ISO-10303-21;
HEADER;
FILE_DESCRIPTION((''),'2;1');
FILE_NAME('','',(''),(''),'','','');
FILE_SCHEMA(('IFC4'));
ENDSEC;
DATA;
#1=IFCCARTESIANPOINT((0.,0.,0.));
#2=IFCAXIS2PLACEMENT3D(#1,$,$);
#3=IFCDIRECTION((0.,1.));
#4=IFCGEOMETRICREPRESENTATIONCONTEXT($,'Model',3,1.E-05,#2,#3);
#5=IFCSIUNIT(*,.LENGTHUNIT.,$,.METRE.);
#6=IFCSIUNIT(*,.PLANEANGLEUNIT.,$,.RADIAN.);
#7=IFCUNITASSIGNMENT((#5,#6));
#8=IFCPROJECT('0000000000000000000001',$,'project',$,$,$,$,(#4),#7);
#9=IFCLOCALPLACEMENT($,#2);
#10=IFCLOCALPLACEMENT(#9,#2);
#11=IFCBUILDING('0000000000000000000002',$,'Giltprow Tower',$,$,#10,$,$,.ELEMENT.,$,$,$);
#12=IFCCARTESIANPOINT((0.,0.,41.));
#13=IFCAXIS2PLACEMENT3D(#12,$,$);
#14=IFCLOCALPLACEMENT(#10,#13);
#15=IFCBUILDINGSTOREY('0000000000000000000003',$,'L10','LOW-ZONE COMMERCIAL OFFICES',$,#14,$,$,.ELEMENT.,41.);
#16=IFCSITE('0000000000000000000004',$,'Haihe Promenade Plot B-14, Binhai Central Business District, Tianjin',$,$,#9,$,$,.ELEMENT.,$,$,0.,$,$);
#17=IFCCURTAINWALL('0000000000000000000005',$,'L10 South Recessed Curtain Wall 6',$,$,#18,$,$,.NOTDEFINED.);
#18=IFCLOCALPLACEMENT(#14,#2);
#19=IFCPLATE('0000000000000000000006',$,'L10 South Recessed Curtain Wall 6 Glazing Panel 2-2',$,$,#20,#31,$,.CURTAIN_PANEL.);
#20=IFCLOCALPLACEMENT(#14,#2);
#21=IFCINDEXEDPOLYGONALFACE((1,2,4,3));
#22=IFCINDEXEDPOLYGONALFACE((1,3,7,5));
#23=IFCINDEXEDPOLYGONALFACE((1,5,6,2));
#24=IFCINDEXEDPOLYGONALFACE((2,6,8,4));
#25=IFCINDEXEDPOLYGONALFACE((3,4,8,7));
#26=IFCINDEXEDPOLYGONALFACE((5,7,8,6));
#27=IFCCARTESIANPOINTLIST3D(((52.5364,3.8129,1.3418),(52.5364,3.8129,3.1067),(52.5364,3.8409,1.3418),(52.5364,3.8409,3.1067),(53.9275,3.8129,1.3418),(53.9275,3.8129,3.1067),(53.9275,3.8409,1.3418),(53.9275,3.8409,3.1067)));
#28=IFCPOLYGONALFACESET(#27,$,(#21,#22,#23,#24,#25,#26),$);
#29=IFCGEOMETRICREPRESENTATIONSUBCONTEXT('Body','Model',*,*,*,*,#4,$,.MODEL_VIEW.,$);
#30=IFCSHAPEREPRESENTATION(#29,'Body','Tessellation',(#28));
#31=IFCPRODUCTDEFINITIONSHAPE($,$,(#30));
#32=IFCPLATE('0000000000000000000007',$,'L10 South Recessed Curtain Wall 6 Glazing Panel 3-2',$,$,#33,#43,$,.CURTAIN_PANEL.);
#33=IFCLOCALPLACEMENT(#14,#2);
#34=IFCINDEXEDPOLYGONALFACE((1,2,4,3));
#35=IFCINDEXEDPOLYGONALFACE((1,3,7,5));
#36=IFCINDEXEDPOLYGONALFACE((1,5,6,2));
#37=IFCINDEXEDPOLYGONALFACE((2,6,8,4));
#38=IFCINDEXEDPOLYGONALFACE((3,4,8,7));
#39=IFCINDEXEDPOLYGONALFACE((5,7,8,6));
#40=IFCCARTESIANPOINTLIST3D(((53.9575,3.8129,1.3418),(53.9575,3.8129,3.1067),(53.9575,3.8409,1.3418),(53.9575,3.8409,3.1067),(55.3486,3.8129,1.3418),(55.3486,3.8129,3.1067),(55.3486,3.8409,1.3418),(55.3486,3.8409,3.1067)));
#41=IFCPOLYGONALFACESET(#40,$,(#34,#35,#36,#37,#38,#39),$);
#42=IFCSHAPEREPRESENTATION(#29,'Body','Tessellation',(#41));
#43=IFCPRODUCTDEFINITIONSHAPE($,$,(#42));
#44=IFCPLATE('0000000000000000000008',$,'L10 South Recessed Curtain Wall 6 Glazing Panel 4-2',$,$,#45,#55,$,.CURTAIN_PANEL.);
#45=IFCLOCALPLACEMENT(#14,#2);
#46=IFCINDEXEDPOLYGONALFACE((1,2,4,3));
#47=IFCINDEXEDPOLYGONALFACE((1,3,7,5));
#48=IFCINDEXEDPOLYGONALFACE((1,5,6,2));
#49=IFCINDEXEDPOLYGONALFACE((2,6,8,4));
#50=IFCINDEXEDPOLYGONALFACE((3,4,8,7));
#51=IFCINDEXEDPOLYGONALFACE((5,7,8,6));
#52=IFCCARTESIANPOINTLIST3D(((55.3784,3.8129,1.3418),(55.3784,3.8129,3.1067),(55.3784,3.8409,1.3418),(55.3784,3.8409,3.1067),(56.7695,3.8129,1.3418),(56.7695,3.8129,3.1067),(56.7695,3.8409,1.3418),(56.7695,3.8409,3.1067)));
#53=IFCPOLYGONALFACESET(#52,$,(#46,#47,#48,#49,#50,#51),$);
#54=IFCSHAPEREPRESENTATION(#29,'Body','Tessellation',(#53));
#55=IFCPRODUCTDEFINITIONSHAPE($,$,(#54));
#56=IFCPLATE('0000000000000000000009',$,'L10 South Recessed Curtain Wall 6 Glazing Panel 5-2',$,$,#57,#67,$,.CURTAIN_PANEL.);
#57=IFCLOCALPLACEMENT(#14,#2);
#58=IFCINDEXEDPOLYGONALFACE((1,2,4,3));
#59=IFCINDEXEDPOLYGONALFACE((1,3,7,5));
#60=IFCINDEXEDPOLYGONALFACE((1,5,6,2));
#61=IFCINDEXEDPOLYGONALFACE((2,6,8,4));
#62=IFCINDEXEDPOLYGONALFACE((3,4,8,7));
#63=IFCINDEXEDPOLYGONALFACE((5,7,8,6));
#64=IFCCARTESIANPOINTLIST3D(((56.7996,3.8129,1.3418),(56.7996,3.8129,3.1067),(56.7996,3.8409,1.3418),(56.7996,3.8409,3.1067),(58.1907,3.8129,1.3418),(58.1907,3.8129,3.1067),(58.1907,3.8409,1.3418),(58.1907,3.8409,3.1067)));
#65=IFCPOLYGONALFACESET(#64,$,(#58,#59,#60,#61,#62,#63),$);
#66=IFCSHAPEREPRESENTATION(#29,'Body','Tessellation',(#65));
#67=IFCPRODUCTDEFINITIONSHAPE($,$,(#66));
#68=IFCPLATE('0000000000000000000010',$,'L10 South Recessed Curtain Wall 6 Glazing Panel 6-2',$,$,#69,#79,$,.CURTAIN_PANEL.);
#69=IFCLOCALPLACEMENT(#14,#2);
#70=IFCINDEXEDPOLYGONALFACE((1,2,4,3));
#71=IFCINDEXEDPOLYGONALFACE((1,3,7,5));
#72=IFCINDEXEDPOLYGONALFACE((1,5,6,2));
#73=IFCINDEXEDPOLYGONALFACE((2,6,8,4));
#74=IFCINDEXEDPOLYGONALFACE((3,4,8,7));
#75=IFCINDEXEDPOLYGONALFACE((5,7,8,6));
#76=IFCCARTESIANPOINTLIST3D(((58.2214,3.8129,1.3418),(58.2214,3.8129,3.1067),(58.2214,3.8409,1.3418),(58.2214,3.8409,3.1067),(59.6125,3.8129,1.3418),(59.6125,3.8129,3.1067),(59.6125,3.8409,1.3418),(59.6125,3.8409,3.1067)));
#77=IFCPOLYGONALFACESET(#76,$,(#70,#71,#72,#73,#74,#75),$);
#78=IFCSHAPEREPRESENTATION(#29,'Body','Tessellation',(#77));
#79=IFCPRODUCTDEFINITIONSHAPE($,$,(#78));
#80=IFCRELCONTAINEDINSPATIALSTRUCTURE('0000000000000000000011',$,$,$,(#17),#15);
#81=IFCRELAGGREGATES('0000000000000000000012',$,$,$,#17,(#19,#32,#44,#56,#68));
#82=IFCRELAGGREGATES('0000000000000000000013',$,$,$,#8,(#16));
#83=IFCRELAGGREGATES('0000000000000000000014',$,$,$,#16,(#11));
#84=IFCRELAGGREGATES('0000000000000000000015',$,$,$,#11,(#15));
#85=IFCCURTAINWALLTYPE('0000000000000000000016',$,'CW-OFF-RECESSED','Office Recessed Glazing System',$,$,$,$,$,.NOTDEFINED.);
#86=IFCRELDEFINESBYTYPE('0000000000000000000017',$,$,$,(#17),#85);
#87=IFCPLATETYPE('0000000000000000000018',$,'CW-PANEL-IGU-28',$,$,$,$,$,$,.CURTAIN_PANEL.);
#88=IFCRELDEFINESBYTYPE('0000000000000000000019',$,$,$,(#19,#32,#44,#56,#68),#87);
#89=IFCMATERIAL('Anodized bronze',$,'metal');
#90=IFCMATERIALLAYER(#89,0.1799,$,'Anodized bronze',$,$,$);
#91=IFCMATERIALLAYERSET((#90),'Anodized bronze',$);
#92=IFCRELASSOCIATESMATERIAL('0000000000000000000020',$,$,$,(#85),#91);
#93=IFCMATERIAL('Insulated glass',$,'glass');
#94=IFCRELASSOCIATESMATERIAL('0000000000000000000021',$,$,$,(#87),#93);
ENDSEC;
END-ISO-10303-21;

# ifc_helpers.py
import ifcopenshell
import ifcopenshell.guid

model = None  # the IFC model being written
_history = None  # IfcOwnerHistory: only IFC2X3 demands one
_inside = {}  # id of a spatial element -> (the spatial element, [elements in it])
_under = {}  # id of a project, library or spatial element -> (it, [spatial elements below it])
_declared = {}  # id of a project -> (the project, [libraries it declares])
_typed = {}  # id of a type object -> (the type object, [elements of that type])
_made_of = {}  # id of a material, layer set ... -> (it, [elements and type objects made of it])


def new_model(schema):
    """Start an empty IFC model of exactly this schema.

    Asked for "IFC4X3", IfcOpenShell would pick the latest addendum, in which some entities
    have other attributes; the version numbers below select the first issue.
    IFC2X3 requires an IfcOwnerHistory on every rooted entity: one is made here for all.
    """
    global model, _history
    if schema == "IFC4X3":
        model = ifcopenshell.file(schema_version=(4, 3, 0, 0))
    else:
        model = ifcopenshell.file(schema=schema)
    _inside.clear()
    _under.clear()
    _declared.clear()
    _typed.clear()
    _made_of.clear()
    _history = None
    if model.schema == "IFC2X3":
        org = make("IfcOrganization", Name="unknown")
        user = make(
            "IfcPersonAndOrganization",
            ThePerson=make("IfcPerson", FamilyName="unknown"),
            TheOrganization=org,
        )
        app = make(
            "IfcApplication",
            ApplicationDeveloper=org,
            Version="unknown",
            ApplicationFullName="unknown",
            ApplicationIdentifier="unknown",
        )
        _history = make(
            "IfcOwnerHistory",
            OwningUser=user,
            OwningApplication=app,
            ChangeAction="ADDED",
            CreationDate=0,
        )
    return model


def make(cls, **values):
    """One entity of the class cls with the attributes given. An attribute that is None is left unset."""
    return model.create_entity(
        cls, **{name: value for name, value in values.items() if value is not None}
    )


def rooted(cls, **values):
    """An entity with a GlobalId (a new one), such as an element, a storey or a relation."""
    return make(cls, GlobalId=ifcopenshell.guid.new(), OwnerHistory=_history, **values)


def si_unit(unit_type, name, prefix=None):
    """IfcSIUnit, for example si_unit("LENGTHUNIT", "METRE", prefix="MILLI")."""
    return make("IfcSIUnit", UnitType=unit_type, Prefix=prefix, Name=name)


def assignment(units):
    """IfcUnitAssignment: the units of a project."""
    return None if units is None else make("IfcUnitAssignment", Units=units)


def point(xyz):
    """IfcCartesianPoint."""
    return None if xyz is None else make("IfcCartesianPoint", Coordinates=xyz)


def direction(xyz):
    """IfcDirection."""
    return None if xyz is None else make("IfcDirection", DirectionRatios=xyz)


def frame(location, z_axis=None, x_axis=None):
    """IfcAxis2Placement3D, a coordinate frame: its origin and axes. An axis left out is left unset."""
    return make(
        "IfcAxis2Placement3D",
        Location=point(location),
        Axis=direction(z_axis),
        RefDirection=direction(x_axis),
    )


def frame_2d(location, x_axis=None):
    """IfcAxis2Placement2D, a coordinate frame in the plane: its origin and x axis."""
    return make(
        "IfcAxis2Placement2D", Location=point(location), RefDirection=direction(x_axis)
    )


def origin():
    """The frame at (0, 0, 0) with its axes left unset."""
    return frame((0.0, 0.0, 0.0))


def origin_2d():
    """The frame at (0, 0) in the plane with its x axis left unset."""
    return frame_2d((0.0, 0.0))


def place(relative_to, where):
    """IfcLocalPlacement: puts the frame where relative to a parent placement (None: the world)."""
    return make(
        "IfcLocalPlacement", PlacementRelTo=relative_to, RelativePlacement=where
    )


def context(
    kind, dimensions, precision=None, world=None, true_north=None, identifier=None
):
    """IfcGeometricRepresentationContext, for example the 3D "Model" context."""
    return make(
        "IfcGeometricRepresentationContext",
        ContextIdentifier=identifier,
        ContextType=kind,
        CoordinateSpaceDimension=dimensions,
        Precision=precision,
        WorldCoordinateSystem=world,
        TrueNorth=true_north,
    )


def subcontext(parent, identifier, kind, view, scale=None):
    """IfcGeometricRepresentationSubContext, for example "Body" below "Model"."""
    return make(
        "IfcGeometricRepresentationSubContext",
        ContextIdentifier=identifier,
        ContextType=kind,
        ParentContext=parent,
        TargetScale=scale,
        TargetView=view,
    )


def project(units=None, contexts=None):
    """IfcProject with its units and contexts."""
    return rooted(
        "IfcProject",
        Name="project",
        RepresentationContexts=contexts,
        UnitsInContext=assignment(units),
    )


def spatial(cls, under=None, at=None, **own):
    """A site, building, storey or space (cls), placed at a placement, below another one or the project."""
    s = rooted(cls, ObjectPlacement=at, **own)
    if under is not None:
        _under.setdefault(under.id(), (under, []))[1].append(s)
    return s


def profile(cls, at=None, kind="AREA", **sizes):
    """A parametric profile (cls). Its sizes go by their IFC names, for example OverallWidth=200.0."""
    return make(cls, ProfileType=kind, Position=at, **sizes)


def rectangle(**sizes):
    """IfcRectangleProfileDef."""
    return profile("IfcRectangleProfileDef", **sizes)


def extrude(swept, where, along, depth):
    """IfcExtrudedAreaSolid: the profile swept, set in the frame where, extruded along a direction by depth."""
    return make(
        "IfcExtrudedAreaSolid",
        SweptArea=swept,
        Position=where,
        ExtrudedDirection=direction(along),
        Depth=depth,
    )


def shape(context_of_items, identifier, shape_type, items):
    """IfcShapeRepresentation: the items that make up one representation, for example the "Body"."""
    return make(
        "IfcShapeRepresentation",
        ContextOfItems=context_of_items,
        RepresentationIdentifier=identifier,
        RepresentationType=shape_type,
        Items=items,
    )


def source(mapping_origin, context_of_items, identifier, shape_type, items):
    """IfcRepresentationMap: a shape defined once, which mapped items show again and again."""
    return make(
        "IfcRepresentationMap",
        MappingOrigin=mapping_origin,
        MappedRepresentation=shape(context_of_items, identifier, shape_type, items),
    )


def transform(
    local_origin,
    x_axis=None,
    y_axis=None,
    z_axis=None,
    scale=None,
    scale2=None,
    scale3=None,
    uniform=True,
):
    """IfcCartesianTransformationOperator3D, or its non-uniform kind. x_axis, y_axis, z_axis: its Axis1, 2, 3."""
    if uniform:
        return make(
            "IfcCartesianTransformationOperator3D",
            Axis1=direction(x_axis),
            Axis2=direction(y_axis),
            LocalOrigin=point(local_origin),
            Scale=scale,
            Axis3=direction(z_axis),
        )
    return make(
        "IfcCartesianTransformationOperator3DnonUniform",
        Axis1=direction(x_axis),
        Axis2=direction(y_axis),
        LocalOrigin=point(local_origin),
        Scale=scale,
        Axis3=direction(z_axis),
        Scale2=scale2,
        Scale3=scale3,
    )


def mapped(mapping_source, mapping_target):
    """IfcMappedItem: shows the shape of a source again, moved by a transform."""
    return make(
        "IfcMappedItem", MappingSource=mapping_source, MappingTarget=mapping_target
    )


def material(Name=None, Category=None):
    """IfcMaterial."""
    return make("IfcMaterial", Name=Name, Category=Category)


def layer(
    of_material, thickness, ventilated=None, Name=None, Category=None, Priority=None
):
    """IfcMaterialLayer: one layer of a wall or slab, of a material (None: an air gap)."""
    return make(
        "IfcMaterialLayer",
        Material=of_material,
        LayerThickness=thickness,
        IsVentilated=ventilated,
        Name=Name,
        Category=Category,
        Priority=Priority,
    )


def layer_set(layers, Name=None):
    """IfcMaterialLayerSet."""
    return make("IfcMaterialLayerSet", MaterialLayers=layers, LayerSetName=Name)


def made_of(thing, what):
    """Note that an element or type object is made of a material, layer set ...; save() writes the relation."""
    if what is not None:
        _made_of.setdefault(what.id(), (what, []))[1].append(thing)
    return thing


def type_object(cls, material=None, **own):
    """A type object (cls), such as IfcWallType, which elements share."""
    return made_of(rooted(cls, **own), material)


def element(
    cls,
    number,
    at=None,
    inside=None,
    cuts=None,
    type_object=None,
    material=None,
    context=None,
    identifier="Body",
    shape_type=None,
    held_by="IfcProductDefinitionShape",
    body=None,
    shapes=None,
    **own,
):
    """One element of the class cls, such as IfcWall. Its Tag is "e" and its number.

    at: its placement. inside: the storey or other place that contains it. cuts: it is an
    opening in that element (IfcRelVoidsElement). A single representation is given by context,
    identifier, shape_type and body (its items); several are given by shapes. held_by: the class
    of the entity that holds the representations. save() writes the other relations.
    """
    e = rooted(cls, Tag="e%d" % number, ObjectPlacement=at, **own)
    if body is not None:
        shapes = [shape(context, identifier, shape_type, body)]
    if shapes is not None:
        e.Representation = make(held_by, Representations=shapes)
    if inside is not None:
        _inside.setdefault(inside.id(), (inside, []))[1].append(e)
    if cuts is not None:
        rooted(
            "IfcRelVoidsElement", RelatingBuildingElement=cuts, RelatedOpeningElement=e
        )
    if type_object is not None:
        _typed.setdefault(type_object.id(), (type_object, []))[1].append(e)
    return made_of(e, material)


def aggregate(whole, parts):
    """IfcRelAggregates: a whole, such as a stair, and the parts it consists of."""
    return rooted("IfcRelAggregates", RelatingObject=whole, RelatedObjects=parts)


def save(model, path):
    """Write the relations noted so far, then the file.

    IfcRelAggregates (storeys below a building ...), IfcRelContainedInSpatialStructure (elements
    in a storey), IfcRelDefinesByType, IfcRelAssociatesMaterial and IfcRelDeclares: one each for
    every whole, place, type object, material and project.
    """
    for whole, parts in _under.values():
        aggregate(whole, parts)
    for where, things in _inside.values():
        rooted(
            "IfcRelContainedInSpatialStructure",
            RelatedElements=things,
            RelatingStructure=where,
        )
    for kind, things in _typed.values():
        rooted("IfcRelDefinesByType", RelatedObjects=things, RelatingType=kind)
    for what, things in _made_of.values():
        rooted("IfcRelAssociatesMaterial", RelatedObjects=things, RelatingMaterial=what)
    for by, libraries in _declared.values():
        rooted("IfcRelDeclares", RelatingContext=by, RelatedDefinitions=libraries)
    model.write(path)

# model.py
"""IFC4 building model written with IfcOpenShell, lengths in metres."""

from ifc_helpers import new_model, si_unit, direction, frame, origin, origin_2d, place, context, subcontext, project, spatial, rectangle, extrude, source, transform, mapped, material, layer, layer_set, type_object, element, aggregate, save


model = new_model("IFC4")

# Units and contexts
model_context = context("Model", 3, precision=1e-05, world=origin(), true_north=direction((0.0, 1.0)))
body_context = subcontext(model_context, "Body", "Model", "MODEL_VIEW")
ifc_project = project(units=[si_unit("LENGTHUNIT", "METRE"), si_unit("PLANEANGLEUNIT", "RADIAN")], contexts=[model_context])

# Site, building, storey
site_placement = place(None, origin())
site = spatial("IfcSite", under=ifc_project, at=site_placement, Name="Haihe Promenade Plot B-14, Binhai Central Business District, Tianjin", CompositionType="ELEMENT", RefElevation=0.0)
building_placement = place(site_placement, origin())
building = spatial("IfcBuilding", under=site, at=building_placement, Name="Giltprow Tower", CompositionType="ELEMENT")
storey_placement = place(building_placement, frame((0.0, 0.0, 41.0)))
storey = spatial("IfcBuildingStorey", under=building, at=storey_placement, Name="L10", Description="LOW-ZONE COMMERCIAL OFFICES", CompositionType="ELEMENT", Elevation=41.0)

# Curtain wall, plates
ifc_material_1 = material(Name="Anodized bronze", Category="metal")
ifc_layer = layer(ifc_material_1, 0.1799, Name="Anodized bronze")
ifc_layer_set = layer_set([ifc_layer], Name="Anodized bronze")
curtain_wall_type = type_object("IfcCurtainWallType", Name="CW-OFF-RECESSED", Description="Office Recessed Glazing System", PredefinedType="NOTDEFINED", material=ifc_layer_set)
curtain_wall_placement = place(storey_placement, origin())
curtain_wall = element("IfcCurtainWall", 1, at=curtain_wall_placement, inside=storey, type_object=curtain_wall_type, Name="L10 South Recessed Curtain Wall 6", PredefinedType="NOTDEFINED")
ifc_material_2 = material(Name="Insulated glass", Category="glass")
plate_type = type_object("IfcPlateType", Name="CW-PANEL-IGU-28", PredefinedType="CURTAIN_PANEL", material=ifc_material_2)
shared_shape_1 = source(origin(), body_context, "Body", "SweptSolid", [
    extrude(rectangle(XDim=1.3911, YDim=0.0281, at=origin_2d()), origin(), (0.0, 0.0, 1.0), 1.7649),
])
plate_1_placement = place(storey_placement, frame((53.2319, 3.8269, 1.3418), z_axis=(0.0, 0.0, 1.0), x_axis=(1.0, 0.0, 0.0)))
plate_1 = element("IfcPlate", 2, at=plate_1_placement, type_object=plate_type, Name="L10 South Recessed Curtain Wall 6 Glazing Panel 2-2", PredefinedType="CURTAIN_PANEL", context=body_context, shape_type="MappedRepresentation", body=[
    mapped(shared_shape_1, transform((0.0, 0.0, 0.0), x_axis=(1.0, 0.0, 0.0), y_axis=(0.0, 1.0, 0.0), z_axis=(0.0, 0.0, 1.0), scale=1.0)),
])
plate_2_placement = place(storey_placement, frame((54.6531, 3.8269, 1.3418), z_axis=(0.0, 0.0, 1.0), x_axis=(1.0, 0.0, 0.0)))
plate_2 = element("IfcPlate", 3, at=plate_2_placement, type_object=plate_type, Name="L10 South Recessed Curtain Wall 6 Glazing Panel 3-2", PredefinedType="CURTAIN_PANEL", context=body_context, shape_type="MappedRepresentation", body=[
    mapped(shared_shape_1, transform((0.0, 0.0, 0.0), x_axis=(1.0, 0.0, 0.0), y_axis=(0.0, 1.0, 0.0), z_axis=(0.0, 0.0, 1.0), scale=1.0)),
])
plate_3_placement = place(storey_placement, frame((56.074, 3.8269, 1.3418), z_axis=(0.0, 0.0, 1.0), x_axis=(1.0, 0.0, 0.0)))
plate_3 = element("IfcPlate", 4, at=plate_3_placement, type_object=plate_type, Name="L10 South Recessed Curtain Wall 6 Glazing Panel 4-2", PredefinedType="CURTAIN_PANEL", context=body_context, shape_type="MappedRepresentation", body=[
    mapped(shared_shape_1, transform((0.0, 0.0, 0.0), x_axis=(1.0, 0.0, 0.0), y_axis=(0.0, 1.0, 0.0), z_axis=(0.0, 0.0, 1.0), scale=1.0)),
])
plate_4_placement = place(storey_placement, frame((57.4951, 3.8269, 1.3418), z_axis=(0.0, 0.0, 1.0), x_axis=(1.0, 0.0, 0.0)))
plate_4 = element("IfcPlate", 5, at=plate_4_placement, type_object=plate_type, Name="L10 South Recessed Curtain Wall 6 Glazing Panel 5-2", PredefinedType="CURTAIN_PANEL", context=body_context, shape_type="MappedRepresentation", body=[
    mapped(shared_shape_1, transform((0.0, 0.0, 0.0), x_axis=(1.0, 0.0, 0.0), y_axis=(0.0, 1.0, 0.0), z_axis=(0.0, 0.0, 1.0), scale=1.0)),
])
plate_5_placement = place(storey_placement, frame((58.917, 3.8269, 1.3418), z_axis=(0.0, 0.0, 1.0), x_axis=(1.0, 0.0, 0.0)))
plate_5 = element("IfcPlate", 6, at=plate_5_placement, type_object=plate_type, Name="L10 South Recessed Curtain Wall 6 Glazing Panel 6-2", PredefinedType="CURTAIN_PANEL", context=body_context, shape_type="MappedRepresentation", body=[
    mapped(shared_shape_1, transform((0.0, 0.0, 0.0), x_axis=(1.0, 0.0, 0.0), y_axis=(0.0, 1.0, 0.0), z_axis=(0.0, 0.0, 1.0), scale=1.0)),
])
aggregate(curtain_wall, [plate_1, plate_2, plate_3, plate_4, plate_5])

save(model, "model.ifc")
